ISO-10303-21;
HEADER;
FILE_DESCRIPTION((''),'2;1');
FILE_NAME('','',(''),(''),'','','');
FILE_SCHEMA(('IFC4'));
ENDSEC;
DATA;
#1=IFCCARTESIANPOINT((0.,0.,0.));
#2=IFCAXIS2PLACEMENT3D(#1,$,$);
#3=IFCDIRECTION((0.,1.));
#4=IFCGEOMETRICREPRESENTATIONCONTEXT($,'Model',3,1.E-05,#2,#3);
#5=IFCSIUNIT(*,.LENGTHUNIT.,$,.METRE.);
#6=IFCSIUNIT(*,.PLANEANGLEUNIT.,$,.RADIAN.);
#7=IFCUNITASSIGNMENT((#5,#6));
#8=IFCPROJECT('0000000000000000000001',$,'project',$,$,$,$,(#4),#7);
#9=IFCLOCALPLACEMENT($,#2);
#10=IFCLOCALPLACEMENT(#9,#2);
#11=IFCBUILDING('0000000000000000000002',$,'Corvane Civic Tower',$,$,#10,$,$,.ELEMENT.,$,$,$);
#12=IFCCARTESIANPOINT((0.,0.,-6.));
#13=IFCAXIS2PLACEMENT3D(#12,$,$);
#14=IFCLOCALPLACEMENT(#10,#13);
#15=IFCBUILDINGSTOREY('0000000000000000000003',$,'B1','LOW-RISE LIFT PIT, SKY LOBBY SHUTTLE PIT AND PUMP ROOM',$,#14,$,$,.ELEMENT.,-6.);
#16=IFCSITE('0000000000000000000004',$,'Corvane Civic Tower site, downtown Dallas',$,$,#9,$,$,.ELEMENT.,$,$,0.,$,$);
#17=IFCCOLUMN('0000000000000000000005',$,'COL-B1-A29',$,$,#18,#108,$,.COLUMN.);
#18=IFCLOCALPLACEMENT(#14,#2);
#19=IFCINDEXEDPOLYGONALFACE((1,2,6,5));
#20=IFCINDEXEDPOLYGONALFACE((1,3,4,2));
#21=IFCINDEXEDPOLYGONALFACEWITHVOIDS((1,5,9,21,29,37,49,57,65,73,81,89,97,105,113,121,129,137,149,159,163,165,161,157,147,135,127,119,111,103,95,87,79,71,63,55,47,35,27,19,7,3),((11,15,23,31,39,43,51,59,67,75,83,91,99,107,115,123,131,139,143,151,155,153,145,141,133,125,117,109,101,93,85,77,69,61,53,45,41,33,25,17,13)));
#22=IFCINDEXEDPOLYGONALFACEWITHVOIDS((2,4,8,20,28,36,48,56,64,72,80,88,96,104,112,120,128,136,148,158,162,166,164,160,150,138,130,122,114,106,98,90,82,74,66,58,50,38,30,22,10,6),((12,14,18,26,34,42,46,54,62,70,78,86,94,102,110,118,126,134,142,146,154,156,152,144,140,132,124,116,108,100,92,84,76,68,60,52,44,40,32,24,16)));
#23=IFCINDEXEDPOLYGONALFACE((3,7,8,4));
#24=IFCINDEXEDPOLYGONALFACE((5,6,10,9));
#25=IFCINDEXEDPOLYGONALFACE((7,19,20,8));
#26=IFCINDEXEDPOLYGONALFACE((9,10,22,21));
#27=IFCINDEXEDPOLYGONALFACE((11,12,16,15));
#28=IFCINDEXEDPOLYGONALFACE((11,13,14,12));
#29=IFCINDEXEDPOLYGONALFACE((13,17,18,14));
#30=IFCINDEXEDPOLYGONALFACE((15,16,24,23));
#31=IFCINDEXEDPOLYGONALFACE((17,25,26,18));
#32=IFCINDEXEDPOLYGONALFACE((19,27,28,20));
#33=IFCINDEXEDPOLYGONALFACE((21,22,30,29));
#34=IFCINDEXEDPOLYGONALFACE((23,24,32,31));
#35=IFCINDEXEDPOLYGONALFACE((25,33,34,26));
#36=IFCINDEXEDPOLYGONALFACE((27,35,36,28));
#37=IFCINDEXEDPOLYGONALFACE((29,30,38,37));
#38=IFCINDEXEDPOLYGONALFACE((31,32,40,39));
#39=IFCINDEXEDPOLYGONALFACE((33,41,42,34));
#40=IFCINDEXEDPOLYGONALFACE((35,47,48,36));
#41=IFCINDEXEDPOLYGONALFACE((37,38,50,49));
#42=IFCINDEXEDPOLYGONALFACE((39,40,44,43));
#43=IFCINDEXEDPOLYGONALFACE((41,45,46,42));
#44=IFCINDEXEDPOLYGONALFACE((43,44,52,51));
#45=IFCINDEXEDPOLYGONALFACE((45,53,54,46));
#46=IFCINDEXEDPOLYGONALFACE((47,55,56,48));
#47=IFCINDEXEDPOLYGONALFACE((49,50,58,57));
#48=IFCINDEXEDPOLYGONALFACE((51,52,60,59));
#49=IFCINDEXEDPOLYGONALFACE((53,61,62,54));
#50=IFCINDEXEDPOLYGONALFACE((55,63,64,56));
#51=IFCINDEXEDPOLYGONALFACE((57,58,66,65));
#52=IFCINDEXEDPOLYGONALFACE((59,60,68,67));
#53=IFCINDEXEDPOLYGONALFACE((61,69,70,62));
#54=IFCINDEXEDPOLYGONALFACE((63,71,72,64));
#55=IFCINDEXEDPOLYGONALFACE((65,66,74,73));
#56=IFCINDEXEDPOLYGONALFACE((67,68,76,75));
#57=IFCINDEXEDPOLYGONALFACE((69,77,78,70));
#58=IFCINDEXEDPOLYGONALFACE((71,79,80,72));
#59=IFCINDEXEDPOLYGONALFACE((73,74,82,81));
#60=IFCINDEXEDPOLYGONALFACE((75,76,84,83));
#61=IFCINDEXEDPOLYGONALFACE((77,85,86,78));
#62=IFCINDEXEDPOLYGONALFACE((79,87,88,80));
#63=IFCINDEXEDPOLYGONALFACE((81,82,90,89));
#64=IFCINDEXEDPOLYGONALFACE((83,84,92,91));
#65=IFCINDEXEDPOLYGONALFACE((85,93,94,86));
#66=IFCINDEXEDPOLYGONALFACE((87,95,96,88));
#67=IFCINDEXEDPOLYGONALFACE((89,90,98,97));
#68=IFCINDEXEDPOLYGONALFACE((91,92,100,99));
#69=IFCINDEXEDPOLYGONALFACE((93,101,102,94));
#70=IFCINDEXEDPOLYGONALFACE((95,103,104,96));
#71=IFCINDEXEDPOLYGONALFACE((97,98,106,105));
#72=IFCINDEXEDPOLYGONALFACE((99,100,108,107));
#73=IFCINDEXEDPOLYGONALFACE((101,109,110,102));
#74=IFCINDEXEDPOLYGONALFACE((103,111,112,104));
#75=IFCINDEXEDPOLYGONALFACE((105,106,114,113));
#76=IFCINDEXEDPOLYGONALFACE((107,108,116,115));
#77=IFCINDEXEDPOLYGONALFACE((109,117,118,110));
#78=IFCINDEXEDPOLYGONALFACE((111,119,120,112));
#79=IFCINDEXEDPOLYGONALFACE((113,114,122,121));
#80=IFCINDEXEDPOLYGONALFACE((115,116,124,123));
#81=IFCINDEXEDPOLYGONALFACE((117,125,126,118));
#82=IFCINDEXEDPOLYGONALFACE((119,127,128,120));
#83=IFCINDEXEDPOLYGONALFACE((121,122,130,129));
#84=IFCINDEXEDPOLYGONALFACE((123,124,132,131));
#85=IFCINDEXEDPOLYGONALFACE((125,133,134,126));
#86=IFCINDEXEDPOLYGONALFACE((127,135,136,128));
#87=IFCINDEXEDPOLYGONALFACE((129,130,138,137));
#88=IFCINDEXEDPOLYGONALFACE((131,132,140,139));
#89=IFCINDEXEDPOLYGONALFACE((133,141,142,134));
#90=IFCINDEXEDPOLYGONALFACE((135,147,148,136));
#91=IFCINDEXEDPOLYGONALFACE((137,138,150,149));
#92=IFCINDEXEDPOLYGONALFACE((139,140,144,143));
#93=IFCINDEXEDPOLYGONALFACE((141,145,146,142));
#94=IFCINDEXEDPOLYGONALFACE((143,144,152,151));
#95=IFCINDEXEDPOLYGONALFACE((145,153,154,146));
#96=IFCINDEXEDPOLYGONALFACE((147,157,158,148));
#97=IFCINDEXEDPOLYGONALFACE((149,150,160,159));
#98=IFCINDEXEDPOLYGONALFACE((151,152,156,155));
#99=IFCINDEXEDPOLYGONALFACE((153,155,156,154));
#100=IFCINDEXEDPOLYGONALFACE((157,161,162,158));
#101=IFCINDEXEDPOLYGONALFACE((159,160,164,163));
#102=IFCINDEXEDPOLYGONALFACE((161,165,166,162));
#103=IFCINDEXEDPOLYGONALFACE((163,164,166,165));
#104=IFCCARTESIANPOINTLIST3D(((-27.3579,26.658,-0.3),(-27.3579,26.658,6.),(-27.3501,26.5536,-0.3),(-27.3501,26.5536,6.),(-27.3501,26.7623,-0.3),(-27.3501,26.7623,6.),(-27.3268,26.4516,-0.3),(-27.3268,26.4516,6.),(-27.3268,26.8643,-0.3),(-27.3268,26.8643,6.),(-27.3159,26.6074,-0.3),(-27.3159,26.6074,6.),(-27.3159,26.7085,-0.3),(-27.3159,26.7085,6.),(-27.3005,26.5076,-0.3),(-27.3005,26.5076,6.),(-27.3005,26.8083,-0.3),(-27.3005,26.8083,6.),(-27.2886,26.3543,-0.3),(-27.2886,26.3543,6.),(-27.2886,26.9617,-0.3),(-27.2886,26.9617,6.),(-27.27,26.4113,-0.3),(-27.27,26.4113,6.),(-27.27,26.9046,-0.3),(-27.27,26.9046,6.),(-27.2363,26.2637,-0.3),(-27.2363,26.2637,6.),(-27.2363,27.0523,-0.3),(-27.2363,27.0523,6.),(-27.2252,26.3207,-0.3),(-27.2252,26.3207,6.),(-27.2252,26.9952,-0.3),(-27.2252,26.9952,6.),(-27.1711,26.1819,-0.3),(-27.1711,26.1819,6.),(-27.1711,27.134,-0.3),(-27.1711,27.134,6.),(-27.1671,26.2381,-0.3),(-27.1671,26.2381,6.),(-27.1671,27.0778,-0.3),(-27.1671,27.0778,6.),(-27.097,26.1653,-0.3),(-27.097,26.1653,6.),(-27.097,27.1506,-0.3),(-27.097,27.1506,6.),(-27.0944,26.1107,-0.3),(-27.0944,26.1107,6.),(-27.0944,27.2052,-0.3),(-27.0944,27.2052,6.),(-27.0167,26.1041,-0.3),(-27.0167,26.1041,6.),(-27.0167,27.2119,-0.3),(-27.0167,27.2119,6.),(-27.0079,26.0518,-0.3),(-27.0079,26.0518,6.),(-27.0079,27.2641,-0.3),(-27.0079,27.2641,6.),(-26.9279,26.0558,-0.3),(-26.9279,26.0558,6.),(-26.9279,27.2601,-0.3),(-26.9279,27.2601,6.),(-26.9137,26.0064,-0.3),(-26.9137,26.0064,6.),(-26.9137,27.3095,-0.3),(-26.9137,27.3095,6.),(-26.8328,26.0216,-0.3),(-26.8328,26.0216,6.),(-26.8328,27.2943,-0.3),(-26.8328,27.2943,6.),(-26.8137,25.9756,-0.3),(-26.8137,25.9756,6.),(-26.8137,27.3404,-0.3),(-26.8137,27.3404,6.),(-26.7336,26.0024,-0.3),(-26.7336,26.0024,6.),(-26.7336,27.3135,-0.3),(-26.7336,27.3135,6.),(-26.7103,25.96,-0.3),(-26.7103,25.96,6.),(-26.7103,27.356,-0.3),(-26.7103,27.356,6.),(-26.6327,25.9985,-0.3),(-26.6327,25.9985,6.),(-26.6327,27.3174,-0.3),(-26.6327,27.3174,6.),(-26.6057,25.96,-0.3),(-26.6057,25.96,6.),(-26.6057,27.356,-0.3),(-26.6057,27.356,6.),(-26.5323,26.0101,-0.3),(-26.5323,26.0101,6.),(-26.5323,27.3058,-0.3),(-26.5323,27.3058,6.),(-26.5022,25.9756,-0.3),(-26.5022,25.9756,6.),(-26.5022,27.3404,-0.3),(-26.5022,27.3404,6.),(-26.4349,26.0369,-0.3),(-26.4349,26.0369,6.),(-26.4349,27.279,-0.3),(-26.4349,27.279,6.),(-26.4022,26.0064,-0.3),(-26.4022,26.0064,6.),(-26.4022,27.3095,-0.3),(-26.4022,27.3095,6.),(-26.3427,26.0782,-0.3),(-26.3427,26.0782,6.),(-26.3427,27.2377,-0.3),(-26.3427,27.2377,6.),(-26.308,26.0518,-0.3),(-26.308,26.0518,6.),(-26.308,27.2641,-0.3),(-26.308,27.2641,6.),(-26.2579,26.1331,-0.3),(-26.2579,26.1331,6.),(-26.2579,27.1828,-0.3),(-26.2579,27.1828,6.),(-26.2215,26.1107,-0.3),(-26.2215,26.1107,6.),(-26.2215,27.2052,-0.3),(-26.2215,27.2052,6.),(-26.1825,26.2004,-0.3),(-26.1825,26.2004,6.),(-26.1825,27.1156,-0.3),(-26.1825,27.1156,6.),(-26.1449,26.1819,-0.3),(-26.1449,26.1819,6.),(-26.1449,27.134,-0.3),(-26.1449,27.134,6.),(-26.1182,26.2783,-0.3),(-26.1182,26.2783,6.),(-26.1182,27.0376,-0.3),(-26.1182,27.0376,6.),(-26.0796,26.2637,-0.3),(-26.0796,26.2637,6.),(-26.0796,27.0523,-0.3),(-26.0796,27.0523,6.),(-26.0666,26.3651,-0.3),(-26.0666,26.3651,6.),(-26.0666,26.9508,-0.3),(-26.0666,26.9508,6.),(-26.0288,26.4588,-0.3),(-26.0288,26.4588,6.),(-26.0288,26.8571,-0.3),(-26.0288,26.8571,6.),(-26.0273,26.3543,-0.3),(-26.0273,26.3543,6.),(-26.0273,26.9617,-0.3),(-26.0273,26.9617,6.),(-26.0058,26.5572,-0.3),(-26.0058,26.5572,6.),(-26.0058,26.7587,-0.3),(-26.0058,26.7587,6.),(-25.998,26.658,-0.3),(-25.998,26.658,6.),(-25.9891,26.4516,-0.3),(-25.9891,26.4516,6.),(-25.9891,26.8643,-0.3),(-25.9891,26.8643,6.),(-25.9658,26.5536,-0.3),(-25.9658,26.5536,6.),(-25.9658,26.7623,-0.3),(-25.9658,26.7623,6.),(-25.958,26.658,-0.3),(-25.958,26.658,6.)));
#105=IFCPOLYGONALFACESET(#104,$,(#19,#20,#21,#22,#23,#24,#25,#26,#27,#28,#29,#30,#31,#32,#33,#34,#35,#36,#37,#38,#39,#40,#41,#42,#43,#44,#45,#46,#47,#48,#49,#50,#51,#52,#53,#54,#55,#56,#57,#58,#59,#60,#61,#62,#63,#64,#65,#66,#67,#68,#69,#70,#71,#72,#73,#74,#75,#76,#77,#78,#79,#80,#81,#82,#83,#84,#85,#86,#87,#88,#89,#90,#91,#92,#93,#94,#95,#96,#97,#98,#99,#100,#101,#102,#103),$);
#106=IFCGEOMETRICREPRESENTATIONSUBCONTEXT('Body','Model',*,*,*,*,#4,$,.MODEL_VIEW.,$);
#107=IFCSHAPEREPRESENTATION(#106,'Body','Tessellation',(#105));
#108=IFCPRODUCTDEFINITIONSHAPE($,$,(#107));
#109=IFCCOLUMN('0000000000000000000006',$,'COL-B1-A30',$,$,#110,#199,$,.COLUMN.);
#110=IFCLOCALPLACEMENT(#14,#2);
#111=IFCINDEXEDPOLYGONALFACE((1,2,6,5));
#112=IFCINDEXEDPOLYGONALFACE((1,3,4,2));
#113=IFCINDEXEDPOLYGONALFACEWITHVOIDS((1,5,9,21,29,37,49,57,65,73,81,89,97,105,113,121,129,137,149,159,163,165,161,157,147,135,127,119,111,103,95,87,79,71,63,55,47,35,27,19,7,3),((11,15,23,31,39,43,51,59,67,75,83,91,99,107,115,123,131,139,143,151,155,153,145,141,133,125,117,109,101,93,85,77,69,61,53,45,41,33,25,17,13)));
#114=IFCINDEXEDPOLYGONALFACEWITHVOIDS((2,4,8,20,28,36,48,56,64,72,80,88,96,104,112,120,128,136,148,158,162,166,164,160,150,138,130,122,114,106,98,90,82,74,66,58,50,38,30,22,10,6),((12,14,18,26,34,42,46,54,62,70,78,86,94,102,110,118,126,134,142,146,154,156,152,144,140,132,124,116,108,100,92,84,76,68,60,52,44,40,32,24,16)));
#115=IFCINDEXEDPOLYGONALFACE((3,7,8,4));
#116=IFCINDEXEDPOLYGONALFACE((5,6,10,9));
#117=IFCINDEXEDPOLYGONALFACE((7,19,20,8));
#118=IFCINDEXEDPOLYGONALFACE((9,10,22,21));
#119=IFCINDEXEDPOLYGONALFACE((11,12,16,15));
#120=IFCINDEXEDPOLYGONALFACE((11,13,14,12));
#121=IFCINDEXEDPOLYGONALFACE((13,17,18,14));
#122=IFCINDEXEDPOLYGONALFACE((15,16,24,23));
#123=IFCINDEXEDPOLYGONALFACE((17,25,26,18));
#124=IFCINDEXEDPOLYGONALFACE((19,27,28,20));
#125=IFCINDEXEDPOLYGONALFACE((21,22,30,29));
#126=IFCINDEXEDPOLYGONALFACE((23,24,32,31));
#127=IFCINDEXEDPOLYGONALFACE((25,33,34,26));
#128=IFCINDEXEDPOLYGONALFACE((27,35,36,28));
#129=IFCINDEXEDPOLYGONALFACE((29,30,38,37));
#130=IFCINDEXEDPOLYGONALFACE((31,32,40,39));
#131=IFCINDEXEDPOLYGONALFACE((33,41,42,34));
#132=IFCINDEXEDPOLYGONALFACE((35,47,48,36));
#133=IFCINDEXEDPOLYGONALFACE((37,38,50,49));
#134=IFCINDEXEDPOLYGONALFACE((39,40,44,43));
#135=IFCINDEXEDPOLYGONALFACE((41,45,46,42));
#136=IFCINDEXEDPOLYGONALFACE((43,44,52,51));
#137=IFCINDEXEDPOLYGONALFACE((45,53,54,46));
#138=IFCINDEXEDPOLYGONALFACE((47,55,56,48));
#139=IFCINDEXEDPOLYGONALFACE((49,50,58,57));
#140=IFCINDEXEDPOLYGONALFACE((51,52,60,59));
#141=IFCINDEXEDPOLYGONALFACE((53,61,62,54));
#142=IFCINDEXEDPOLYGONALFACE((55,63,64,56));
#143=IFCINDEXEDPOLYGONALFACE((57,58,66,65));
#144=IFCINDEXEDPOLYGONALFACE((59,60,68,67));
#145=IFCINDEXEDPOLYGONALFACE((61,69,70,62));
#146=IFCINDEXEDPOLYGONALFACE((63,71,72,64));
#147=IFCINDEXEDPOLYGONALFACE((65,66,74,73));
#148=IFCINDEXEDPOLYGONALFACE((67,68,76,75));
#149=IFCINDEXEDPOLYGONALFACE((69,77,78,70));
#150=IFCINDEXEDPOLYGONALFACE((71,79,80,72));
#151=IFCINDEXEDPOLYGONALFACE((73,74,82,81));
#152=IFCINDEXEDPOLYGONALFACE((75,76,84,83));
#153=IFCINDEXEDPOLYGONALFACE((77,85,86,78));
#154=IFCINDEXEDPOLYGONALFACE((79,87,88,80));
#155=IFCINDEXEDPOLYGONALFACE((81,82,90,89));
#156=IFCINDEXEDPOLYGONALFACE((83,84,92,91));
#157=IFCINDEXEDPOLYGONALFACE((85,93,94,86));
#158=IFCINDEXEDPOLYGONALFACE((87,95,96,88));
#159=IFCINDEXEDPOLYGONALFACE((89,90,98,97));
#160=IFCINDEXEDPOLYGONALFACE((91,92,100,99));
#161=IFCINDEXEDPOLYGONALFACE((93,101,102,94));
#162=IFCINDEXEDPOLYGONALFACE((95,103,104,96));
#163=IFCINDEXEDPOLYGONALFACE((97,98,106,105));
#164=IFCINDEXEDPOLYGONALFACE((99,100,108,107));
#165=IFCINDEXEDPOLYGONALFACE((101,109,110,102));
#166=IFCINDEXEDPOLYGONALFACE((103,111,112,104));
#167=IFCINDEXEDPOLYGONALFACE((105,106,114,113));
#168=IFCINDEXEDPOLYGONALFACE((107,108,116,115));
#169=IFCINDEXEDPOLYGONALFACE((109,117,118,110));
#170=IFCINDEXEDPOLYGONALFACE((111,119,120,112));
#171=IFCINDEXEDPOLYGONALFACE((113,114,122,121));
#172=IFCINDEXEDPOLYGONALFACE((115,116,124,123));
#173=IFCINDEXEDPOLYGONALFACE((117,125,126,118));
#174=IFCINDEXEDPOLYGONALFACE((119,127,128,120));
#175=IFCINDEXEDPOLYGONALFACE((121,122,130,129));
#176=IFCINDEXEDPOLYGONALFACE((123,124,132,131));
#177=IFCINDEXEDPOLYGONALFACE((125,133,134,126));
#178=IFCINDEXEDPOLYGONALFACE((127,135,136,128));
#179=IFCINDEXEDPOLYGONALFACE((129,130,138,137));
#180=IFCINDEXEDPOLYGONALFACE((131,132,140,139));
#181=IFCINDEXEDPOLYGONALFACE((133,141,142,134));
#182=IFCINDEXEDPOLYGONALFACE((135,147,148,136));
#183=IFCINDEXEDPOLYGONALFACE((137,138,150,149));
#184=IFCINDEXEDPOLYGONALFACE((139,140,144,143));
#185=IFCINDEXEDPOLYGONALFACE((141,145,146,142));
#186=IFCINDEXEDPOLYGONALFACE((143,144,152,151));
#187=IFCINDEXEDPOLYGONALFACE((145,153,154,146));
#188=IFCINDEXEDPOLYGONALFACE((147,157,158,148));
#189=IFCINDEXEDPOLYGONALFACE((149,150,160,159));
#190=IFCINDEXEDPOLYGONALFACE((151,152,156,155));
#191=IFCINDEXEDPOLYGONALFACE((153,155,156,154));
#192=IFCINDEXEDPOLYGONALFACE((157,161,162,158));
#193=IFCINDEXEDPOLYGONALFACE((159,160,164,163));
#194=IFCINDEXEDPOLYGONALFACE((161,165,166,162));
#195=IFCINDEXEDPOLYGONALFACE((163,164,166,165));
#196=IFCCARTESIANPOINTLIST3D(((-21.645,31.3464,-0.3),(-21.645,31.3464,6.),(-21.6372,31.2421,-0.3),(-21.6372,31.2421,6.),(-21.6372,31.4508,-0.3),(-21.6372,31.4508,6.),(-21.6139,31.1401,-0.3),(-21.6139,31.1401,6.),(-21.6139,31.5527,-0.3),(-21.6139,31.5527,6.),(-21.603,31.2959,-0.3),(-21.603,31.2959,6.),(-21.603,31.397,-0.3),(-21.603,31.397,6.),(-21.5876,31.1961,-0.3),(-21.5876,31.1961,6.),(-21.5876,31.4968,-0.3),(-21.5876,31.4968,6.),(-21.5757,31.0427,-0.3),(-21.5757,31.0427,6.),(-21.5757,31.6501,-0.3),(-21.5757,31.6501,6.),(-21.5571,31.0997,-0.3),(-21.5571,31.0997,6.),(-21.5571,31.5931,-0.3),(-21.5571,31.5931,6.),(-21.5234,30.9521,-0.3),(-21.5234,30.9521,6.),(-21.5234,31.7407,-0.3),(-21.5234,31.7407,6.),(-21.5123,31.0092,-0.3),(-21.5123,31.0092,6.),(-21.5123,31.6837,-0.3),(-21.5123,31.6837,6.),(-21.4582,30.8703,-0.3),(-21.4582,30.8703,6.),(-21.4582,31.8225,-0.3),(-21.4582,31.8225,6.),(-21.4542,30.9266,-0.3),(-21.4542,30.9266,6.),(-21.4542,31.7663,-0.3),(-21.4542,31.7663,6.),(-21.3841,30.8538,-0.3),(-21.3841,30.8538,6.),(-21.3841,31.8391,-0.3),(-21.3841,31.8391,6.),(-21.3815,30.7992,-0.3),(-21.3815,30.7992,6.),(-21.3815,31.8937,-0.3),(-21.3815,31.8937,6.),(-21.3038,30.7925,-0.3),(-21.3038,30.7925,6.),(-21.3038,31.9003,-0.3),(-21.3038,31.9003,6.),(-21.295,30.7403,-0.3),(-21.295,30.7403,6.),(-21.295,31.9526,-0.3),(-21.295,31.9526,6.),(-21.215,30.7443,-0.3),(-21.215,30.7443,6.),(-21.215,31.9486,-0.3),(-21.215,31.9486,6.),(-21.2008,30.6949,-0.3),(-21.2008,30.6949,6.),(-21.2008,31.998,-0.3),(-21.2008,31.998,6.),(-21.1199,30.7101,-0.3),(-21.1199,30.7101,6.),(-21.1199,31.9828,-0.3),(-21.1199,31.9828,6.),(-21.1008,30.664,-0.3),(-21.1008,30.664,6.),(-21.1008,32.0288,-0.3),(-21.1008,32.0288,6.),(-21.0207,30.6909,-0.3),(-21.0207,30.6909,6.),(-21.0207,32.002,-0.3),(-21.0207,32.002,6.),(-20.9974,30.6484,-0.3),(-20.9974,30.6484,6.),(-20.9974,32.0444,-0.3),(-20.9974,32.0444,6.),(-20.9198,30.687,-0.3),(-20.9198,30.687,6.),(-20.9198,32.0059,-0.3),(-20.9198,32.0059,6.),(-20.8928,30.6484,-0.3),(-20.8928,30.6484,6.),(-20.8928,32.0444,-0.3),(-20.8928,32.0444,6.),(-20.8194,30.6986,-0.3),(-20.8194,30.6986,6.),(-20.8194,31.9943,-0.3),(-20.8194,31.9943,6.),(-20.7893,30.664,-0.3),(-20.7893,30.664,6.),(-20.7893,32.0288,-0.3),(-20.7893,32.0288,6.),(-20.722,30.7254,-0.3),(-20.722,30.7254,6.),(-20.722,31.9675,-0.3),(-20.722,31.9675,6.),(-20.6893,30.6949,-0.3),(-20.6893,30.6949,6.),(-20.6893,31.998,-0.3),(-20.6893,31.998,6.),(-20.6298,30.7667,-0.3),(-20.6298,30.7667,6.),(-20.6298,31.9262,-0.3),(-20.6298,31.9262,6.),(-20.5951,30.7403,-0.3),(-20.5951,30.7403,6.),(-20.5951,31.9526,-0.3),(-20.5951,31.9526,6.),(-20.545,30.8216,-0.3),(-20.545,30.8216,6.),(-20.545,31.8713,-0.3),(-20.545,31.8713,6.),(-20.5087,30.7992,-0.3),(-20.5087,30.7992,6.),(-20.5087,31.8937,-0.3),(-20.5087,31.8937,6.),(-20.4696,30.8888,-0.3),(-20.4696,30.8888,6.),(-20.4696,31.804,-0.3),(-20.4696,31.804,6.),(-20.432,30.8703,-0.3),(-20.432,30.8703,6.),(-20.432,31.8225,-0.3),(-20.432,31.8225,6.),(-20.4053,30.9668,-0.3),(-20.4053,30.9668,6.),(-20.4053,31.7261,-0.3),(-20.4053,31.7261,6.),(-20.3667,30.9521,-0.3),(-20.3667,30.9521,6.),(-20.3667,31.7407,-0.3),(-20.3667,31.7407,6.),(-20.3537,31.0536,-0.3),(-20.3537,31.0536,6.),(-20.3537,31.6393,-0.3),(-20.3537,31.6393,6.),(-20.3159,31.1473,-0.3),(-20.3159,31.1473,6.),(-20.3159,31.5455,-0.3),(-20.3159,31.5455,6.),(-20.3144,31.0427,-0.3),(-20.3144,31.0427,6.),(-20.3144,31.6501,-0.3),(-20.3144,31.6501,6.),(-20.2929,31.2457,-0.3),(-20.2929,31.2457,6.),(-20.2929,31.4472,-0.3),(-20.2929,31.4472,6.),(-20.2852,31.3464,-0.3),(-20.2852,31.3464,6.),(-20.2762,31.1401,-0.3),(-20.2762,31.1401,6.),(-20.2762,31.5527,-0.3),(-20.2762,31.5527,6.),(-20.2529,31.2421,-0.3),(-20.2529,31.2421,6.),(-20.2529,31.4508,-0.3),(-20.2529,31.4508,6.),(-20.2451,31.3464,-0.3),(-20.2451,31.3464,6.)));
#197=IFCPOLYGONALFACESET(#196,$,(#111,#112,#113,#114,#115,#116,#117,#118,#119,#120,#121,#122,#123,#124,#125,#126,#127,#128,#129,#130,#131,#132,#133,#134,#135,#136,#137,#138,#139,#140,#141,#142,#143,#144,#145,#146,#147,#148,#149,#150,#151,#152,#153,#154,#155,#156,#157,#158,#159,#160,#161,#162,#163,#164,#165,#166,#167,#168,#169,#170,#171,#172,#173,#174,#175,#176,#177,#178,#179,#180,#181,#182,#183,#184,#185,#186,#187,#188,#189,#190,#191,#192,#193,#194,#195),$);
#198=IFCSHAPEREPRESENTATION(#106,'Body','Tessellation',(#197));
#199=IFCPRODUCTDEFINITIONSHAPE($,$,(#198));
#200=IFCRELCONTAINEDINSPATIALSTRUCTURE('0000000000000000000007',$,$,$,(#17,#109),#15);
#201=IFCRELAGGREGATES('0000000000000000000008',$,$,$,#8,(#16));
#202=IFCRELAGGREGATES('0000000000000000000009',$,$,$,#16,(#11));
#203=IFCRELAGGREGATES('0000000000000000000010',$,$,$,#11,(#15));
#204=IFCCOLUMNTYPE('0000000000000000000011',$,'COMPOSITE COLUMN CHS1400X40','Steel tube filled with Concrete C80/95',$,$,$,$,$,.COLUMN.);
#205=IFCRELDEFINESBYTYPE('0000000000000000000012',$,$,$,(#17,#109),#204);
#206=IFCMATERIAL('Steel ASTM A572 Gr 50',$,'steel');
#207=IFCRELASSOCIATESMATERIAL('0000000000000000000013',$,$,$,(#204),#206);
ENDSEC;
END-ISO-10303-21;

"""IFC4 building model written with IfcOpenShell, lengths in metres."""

from ifc_helpers import new_model, si_unit, direction, frame, origin, origin_2d, place, context, subcontext, project, spatial, hollow_circle, extrude, material, material_profile, profile_set, type_object, element, save


model = new_model("IFC4")

# Units and contexts
model_context = context("Model", 3, precision=1e-05, world=origin(), true_north=direction((0.0, 1.0)))
body_context = subcontext(model_context, "Body", "Model", "MODEL_VIEW")
ifc_project = project(units=[si_unit("LENGTHUNIT", "METRE"), si_unit("PLANEANGLEUNIT", "RADIAN")], contexts=[model_context])

# Site, building, storey
site_placement = place(None, origin())
site = spatial("IfcSite", under=ifc_project, at=site_placement, Name="Corvane Civic Tower site, downtown Dallas", CompositionType="ELEMENT", RefElevation=0.0)
building_placement = place(site_placement, origin())
building = spatial("IfcBuilding", under=site, at=building_placement, Name="Corvane Civic Tower", CompositionType="ELEMENT")
storey_placement = place(building_placement, frame((0.0, 0.0, -6.0)))
storey = spatial("IfcBuildingStorey", under=building, at=storey_placement, Name="B1", Description="LOW-RISE LIFT PIT, SKY LOBBY SHUTTLE PIT AND PUMP ROOM", CompositionType="ELEMENT", Elevation=-6.0)

# Columns
ifc_material_1 = material(Name="Steel ASTM A572 Gr 50", Category="steel")
ifc_material_profile_1 = material_profile(ifc_material_1, hollow_circle(Radius=0.7, WallThickness=0.04, at=origin_2d()), Name="CHS1400X40")
ifc_profile_set_1 = profile_set([ifc_material_profile_1], Name="Steel ASTM A572 Gr 50")
column_type_1 = type_object("IfcColumnType", Name="COMPOSITE COLUMN CHS1400X40", Description="Steel tube filled with Concrete C80/95", PredefinedType="COLUMN", material=ifc_profile_set_1)
for number, where, z_axis, x_axis, name in (
    (1, (-26.658, 26.658, -0.3), (0.0, 0.0, 1.0), (1.0, 0.0, 0.0), "COL-B1-A29"),
    (2, (-20.9451, 31.3464, -0.3), (0.0, 0.0, 1.0), (1.0, 0.0, 0.0), "COL-B1-A30"),
):
    element("IfcColumn", number, at=place(storey_placement, frame(where, z_axis=z_axis, x_axis=x_axis)), inside=storey, type_object=column_type_1, Name=name, PredefinedType="COLUMN", context=body_context, shape_type="SweptSolid", body=[
        extrude(hollow_circle(Radius=0.7, WallThickness=0.04, at=origin_2d()), origin(), (0.0, 0.0, 1.0), 6.3),
    ])

save(model, "model.ifc")
